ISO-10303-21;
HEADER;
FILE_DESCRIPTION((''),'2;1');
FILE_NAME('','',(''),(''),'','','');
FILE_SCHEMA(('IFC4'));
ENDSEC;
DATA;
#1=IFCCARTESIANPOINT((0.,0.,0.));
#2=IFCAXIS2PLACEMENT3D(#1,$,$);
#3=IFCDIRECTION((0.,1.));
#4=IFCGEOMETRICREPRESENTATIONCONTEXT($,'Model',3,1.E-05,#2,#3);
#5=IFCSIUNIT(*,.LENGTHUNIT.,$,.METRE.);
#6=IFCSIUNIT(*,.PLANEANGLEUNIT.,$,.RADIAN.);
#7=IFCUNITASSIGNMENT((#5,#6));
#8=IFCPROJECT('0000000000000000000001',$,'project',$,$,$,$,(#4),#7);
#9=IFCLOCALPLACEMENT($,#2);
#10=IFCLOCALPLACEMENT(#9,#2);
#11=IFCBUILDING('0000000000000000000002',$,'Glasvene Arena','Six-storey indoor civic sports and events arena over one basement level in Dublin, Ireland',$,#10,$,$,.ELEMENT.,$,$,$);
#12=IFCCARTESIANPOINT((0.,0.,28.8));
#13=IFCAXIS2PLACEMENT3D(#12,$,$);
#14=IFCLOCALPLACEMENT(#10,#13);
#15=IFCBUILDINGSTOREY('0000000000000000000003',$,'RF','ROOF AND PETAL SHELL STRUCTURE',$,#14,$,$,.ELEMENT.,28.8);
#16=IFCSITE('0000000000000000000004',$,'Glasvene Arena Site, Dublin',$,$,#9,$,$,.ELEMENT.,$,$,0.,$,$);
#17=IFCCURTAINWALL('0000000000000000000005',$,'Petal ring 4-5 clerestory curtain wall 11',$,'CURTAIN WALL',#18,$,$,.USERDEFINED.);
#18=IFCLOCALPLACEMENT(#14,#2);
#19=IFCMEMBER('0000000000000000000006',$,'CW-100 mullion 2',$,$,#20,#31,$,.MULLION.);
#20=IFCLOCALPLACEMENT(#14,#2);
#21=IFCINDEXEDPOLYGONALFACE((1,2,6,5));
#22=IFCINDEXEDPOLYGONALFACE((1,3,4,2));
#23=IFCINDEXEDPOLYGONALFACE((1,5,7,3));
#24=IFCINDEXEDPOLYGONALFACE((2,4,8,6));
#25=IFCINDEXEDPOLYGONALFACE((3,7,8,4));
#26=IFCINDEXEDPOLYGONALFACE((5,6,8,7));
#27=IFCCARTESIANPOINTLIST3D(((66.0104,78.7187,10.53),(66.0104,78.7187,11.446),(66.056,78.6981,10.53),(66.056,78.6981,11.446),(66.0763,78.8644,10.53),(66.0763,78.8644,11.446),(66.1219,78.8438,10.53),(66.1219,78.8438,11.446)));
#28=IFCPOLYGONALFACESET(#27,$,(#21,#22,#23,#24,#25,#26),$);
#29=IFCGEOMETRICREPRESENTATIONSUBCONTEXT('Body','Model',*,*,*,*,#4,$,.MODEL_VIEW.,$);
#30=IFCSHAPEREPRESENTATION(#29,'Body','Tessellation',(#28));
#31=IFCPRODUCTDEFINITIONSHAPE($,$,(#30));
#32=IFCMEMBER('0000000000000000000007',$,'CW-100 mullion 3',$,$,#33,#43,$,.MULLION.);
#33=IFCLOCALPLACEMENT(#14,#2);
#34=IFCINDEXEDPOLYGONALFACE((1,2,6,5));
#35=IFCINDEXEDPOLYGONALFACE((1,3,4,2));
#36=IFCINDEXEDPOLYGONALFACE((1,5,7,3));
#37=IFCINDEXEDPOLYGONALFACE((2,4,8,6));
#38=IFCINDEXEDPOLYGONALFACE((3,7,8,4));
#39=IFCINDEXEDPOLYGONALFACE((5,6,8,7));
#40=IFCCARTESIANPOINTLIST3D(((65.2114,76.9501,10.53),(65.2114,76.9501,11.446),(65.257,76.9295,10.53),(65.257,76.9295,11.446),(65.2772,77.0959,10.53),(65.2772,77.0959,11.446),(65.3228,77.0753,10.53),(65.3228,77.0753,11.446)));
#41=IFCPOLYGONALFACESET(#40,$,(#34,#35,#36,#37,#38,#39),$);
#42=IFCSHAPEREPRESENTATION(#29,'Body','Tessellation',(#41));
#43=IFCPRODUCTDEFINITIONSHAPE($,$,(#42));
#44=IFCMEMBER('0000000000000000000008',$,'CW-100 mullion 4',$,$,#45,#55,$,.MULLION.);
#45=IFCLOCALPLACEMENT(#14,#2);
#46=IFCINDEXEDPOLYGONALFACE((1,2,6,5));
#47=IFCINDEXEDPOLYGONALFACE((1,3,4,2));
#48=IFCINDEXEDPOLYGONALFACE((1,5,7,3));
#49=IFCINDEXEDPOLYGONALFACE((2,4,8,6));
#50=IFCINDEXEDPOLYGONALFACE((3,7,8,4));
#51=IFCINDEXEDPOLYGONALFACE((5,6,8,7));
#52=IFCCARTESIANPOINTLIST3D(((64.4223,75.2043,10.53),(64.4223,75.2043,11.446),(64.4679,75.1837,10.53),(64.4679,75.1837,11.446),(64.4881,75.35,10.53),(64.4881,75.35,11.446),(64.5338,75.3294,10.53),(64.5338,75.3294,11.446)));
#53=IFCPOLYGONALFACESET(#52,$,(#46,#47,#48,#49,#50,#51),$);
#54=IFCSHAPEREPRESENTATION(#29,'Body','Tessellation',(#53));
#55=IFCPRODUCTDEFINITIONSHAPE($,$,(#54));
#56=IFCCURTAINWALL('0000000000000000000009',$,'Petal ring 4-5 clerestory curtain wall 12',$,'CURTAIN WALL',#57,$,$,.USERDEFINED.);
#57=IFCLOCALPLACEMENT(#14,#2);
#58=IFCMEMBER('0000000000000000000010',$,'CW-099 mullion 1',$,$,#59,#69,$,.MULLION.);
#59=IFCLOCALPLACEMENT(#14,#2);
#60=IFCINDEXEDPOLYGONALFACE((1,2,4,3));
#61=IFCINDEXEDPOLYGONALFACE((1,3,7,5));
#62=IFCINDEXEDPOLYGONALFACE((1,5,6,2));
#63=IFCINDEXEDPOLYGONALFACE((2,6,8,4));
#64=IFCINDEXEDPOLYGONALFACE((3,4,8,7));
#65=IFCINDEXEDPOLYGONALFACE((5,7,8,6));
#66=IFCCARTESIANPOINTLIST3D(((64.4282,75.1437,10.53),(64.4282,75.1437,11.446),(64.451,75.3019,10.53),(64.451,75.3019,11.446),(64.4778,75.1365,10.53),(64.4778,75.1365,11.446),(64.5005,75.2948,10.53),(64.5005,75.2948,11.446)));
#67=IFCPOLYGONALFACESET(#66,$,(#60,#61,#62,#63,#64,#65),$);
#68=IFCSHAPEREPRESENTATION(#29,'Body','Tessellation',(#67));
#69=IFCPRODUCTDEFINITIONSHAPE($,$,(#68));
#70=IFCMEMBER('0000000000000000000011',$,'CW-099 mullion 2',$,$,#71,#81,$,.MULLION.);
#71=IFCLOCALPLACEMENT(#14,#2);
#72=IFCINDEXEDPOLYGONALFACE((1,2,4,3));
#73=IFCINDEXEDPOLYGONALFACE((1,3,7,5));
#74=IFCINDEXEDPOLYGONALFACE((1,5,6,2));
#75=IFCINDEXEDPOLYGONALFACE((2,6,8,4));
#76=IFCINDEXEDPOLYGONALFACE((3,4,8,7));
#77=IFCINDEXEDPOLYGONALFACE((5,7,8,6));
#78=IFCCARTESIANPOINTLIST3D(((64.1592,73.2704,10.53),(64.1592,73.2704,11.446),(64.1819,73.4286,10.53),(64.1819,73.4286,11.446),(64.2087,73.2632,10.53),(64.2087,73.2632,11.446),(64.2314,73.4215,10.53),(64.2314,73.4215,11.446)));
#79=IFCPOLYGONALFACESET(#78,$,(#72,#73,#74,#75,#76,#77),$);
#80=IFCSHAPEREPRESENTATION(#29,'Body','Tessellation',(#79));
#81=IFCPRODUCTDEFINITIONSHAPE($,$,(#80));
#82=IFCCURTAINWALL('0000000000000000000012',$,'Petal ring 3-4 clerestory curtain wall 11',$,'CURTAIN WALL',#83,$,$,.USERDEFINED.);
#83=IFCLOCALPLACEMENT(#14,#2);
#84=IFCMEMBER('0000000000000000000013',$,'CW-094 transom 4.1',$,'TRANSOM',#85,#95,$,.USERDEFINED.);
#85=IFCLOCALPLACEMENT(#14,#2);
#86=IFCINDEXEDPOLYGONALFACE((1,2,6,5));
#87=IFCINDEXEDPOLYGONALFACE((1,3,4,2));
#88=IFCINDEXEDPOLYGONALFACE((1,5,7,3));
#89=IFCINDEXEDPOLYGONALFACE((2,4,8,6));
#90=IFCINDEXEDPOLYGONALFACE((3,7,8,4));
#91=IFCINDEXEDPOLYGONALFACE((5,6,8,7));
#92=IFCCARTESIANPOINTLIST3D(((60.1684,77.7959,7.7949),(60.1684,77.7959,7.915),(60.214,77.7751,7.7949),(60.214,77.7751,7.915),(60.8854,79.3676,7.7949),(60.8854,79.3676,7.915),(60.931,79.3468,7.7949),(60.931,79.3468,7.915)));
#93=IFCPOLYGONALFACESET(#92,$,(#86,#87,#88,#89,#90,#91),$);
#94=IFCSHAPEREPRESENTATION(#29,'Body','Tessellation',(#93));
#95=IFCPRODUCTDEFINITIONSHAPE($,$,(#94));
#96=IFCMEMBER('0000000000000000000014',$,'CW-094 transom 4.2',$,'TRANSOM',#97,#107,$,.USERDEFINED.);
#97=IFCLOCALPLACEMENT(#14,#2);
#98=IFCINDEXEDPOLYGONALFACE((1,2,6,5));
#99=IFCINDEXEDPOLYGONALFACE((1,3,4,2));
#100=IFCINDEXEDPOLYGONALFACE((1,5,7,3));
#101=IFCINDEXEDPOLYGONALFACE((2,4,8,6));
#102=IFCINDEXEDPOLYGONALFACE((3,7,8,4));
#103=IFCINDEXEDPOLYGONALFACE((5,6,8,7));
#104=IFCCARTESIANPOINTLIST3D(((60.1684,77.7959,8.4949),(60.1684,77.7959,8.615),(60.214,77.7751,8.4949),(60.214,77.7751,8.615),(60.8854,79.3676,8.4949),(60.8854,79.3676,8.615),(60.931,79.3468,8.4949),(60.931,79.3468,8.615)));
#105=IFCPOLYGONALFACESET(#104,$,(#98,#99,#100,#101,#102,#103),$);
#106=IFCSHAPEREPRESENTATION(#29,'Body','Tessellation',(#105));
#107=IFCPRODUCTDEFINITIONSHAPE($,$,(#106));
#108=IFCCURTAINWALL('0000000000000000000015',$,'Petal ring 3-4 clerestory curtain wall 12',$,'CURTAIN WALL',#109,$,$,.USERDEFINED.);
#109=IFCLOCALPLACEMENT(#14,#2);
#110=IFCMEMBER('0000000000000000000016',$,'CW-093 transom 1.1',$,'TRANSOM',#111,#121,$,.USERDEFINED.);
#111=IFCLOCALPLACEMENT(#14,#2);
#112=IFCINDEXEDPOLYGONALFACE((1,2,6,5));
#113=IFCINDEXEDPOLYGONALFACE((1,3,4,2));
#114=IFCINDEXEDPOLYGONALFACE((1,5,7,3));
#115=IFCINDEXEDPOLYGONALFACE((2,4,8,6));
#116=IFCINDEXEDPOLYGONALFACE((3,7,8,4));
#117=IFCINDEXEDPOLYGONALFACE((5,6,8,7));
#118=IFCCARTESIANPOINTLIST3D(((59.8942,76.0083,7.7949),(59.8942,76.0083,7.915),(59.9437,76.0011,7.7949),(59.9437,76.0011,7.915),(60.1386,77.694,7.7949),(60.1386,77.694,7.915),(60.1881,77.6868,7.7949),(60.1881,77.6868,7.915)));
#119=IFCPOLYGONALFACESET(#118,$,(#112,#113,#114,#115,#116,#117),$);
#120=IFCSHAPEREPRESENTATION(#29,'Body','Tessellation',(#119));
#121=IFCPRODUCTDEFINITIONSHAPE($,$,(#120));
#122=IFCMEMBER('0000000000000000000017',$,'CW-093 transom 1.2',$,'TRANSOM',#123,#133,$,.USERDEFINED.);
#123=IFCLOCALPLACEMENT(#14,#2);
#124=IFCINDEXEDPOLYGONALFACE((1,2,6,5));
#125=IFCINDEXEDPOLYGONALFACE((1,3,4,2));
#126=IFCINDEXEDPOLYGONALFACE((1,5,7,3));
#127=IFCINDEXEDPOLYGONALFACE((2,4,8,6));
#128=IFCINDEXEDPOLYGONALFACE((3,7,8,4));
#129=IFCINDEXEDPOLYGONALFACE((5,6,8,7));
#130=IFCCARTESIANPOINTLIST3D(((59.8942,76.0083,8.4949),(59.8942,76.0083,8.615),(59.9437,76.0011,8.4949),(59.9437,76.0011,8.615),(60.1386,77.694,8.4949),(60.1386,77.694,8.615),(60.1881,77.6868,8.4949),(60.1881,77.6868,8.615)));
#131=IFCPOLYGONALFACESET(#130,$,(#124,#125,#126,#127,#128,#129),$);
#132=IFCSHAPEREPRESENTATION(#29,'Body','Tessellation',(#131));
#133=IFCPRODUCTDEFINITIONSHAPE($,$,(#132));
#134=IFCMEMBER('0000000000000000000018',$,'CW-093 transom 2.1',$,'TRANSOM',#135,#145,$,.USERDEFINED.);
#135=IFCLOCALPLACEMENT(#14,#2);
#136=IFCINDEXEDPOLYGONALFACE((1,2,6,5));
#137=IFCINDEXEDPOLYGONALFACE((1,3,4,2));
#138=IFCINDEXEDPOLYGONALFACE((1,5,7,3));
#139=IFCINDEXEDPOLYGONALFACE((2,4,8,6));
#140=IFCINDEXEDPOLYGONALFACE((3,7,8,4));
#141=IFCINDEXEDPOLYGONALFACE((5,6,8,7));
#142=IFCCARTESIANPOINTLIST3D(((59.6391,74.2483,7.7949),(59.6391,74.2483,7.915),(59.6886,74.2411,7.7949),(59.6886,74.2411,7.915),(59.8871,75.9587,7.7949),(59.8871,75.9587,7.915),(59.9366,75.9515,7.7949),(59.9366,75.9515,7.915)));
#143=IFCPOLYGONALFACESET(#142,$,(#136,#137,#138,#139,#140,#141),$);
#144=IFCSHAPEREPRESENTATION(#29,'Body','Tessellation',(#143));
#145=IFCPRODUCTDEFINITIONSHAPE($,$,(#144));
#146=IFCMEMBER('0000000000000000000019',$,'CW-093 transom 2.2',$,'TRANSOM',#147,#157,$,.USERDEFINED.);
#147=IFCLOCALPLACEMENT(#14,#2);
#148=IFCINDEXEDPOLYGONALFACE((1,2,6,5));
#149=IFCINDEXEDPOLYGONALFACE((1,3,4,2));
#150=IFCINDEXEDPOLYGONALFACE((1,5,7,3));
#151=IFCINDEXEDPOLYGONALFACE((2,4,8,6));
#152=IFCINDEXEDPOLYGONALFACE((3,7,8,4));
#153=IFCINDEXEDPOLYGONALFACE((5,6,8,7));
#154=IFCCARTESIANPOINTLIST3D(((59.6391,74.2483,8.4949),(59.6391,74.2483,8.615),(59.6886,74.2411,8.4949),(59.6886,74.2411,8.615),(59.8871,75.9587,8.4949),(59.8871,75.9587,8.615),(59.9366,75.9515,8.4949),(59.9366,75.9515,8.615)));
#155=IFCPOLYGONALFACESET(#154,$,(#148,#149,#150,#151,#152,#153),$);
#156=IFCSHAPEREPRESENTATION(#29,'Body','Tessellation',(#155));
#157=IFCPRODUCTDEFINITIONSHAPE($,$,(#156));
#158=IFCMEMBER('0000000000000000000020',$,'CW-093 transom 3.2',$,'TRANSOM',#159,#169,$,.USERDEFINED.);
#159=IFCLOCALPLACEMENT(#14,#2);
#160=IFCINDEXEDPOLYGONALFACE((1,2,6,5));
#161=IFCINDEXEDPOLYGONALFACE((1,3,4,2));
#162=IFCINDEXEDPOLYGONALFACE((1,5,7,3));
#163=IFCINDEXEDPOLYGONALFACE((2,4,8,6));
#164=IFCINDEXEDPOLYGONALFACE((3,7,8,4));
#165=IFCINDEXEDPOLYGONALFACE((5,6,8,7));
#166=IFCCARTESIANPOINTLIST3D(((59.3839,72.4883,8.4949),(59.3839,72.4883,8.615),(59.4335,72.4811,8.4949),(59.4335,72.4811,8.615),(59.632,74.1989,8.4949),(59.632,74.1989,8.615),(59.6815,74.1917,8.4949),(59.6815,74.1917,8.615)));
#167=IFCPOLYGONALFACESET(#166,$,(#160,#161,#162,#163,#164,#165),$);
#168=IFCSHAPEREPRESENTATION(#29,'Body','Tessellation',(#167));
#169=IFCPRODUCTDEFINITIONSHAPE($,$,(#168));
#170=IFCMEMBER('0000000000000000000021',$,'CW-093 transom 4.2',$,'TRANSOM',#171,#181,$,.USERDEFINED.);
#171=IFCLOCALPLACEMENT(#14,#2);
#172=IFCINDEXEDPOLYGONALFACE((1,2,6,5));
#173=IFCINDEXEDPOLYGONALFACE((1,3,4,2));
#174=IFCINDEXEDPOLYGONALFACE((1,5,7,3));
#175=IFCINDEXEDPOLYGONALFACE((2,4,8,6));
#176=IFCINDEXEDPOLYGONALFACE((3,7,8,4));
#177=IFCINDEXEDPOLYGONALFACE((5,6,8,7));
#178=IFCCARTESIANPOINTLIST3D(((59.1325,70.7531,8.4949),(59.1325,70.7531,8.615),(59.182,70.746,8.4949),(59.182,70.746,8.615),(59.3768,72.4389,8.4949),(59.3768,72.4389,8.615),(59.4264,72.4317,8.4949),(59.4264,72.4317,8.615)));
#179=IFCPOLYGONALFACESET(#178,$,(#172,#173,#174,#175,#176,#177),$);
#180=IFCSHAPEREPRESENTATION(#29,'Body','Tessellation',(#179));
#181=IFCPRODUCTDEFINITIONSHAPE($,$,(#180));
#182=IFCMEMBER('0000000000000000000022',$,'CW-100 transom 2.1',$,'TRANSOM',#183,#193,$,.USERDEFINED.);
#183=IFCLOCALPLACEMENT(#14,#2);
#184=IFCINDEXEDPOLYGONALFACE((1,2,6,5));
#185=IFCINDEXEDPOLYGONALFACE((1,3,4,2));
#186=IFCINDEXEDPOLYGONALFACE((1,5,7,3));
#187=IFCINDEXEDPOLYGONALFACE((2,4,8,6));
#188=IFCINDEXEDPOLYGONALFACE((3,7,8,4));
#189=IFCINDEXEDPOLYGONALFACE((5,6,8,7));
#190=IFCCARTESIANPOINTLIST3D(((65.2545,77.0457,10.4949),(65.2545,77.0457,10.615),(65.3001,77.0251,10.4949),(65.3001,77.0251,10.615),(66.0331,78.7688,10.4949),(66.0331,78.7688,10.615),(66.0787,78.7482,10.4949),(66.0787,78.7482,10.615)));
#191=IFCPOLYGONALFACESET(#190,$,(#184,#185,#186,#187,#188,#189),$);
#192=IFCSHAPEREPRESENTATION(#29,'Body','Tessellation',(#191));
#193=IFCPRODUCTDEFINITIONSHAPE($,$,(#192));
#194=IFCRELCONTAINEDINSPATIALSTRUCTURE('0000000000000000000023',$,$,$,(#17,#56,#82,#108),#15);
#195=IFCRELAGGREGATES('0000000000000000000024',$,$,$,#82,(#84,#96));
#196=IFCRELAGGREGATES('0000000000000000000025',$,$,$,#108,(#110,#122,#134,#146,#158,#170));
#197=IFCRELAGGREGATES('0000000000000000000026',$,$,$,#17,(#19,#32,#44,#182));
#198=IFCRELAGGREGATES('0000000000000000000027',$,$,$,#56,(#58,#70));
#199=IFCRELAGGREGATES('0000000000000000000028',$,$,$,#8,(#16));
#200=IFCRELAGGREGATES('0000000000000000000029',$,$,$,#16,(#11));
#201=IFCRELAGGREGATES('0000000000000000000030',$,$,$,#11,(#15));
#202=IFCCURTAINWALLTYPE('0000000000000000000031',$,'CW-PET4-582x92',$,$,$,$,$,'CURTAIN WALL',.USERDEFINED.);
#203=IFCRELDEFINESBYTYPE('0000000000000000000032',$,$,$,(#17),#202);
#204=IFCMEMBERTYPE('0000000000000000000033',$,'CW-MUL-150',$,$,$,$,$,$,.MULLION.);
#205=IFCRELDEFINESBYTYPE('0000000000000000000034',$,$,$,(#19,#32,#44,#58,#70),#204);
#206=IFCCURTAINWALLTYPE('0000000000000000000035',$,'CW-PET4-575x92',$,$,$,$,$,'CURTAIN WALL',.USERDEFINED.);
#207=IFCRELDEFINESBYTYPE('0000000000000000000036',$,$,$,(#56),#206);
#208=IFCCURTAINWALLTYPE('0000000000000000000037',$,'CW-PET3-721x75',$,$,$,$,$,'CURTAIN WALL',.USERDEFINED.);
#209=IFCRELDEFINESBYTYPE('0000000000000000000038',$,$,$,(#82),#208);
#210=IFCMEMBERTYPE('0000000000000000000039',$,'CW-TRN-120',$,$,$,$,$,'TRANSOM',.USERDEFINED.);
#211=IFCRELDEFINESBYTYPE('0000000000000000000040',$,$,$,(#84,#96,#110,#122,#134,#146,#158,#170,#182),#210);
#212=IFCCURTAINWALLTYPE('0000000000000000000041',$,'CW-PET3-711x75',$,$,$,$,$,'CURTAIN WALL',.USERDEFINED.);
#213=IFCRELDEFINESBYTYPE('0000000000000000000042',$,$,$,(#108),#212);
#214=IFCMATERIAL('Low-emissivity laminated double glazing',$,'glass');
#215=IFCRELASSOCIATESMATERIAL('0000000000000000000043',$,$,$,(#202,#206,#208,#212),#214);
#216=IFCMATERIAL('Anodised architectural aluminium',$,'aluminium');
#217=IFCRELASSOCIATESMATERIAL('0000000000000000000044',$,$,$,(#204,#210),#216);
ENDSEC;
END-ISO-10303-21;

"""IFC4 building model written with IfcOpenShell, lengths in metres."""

from ifc_helpers import new_model, si_unit, direction, frame, origin, origin_2d, place, context, subcontext, project, spatial, rectangle, extrude, material, material_profile, profile_set, type_object, element, aggregate, save


model = new_model("IFC4")

# Units and contexts
model_context = context("Model", 3, precision=1e-05, world=origin(), true_north=direction((0.0, 1.0)))
body_context = subcontext(model_context, "Body", "Model", "MODEL_VIEW")
ifc_project = project(units=[si_unit("LENGTHUNIT", "METRE"), si_unit("PLANEANGLEUNIT", "RADIAN")], contexts=[model_context])

# Site, building, storey
site_placement = place(None, origin())
site = spatial("IfcSite", under=ifc_project, at=site_placement, Name="Glasvene Arena Site, Dublin", CompositionType="ELEMENT", RefElevation=0.0)
building_placement = place(site_placement, origin())
building = spatial("IfcBuilding", under=site, at=building_placement, Name="Glasvene Arena", Description="Six-storey indoor civic sports and events arena over one basement level in Dublin, Ireland", CompositionType="ELEMENT")
storey_placement = place(building_placement, frame((0.0, 0.0, 28.8)))
storey = spatial("IfcBuildingStorey", under=building, at=storey_placement, Name="RF", Description="ROOF AND PETAL SHELL STRUCTURE", CompositionType="ELEMENT", Elevation=28.8)

# Curtain walls, members
ifc_material_1 = material(Name="Low-emissivity laminated double glazing", Category="glass")
curtain_wall_type_1 = type_object("IfcCurtainWallType", Name="CW-PET4-582x92", ElementType="CURTAIN WALL", PredefinedType="USERDEFINED", material=ifc_material_1)
curtain_wall_1_placement = place(storey_placement, frame((66.8655, 80.55, 0.0)))
curtain_wall_1 = element("IfcCurtainWall", 1, at=curtain_wall_1_placement, inside=storey, type_object=curtain_wall_type_1, Name="Petal ring 4-5 clerestory curtain wall 11", ObjectType="CURTAIN WALL", PredefinedType="USERDEFINED")
ifc_material_2 = material(Name="Anodised architectural aluminium", Category="aluminium")
ifc_material_profile_1 = material_profile(ifc_material_2, rectangle(XDim=0.05, YDim=0.1599, at=origin_2d()), Name="ALU MULLION 50x160")
ifc_profile_set_1 = profile_set([ifc_material_profile_1], Name="Anodised architectural aluminium")
member_type_1 = type_object("IfcMemberType", Name="CW-MUL-150", PredefinedType="MULLION", material=ifc_profile_set_1)
member_1_placement = place(storey_placement, frame((66.0662, 78.7812, 10.53), z_axis=(0.0, 0.0, 1.0), x_axis=(0.911284, -0.411778, 0.0)))
member_1 = element("IfcMember", 2, at=member_1_placement, type_object=member_type_1, Name="CW-100 mullion 2", PredefinedType="MULLION", context=body_context, shape_type="SweptSolid", body=[
    extrude(rectangle(XDim=0.05, YDim=0.1599, at=origin_2d()), origin(), (0.0, 0.0, 1.0), 0.916),
])
member_2_placement = place(storey_placement, frame((65.2671, 77.0127, 10.53), z_axis=(0.0, 0.0, 1.0), x_axis=(0.911284, -0.411778, 0.0)))
member_2 = element("IfcMember", 3, at=member_2_placement, type_object=member_type_1, Name="CW-100 mullion 3", PredefinedType="MULLION", context=body_context, shape_type="SweptSolid", body=[
    extrude(rectangle(XDim=0.05, YDim=0.1599, at=origin_2d()), origin(), (0.0, 0.0, 1.0), 0.916),
])
member_3_placement = place(storey_placement, frame((64.478, 75.2668, 10.53), z_axis=(0.0, 0.0, 1.0), x_axis=(0.911284, -0.411778, 0.0)))
member_3 = element("IfcMember", 4, at=member_3_placement, type_object=member_type_1, Name="CW-100 mullion 4", PredefinedType="MULLION", context=body_context, shape_type="SweptSolid", body=[
    extrude(rectangle(XDim=0.05, YDim=0.1599, at=origin_2d()), origin(), (0.0, 0.0, 1.0), 0.916),
])
curtain_wall_type_2 = type_object("IfcCurtainWallType", Name="CW-PET4-575x92", ElementType="CURTAIN WALL", PredefinedType="USERDEFINED", material=ifc_material_1)
curtain_wall_2_placement = place(storey_placement, frame((64.4678, 75.2439, 0.0)))
curtain_wall_2 = element("IfcCurtainWall", 5, at=curtain_wall_2_placement, inside=storey, type_object=curtain_wall_type_2, Name="Petal ring 4-5 clerestory curtain wall 12", ObjectType="CURTAIN WALL", PredefinedType="USERDEFINED")
member_4_placement = place(storey_placement, frame((64.4644, 75.2192, 10.53), z_axis=(0.0, 0.0, 1.0), x_axis=(0.989843, -0.142166, 0.0)))
member_4 = element("IfcMember", 6, at=member_4_placement, type_object=member_type_1, Name="CW-099 mullion 1", PredefinedType="MULLION", context=body_context, shape_type="SweptSolid", body=[
    extrude(rectangle(XDim=0.05, YDim=0.1599, at=origin_2d()), origin(), (0.0, 0.0, 1.0), 0.916),
])
member_5_placement = place(storey_placement, frame((64.1953, 73.3459, 10.53), z_axis=(0.0, 0.0, 1.0), x_axis=(0.989843, -0.142166, 0.0)))
member_5 = element("IfcMember", 7, at=member_5_placement, type_object=member_type_1, Name="CW-099 mullion 2", PredefinedType="MULLION", context=body_context, shape_type="SweptSolid", body=[
    extrude(rectangle(XDim=0.05, YDim=0.1599, at=origin_2d()), origin(), (0.0, 0.0, 1.0), 0.916),
])
curtain_wall_type_3 = type_object("IfcCurtainWallType", Name="CW-PET3-721x75", ElementType="CURTAIN WALL", PredefinedType="USERDEFINED", material=ifc_material_1)
curtain_wall_3_placement = place(storey_placement, frame((63.1626, 84.3, 0.0)))
curtain_wall_3 = element("IfcCurtainWall", 8, at=curtain_wall_3_placement, inside=storey, type_object=curtain_wall_type_3, Name="Petal ring 3-4 clerestory curtain wall 11", ObjectType="CURTAIN WALL", PredefinedType="USERDEFINED")
ifc_material_profile_2 = material_profile(ifc_material_2, rectangle(XDim=0.05, YDim=0.1201, at=origin_2d()), Name="ALU TRANSOM 50x120")
ifc_profile_set_2 = profile_set([ifc_material_profile_2], Name="Anodised architectural aluminium")
member_type_2 = type_object("IfcMemberType", Name="CW-TRN-120", ElementType="TRANSOM", PredefinedType="USERDEFINED", material=ifc_profile_set_2)
member_6_placement = place(storey_placement, frame((60.9082, 79.3572, 7.855), z_axis=(-0.415048, -0.909799, 0.0), x_axis=(0.909799, -0.415048, 0.0)))
member_6 = element("IfcMember", 9, at=member_6_placement, type_object=member_type_2, Name="CW-094 transom 4.1", ObjectType="TRANSOM", PredefinedType="USERDEFINED", context=body_context, shape_type="SweptSolid", body=[
    extrude(rectangle(XDim=0.05, YDim=0.1201, at=origin_2d()), origin(), (0.0, 0.0, 1.0), 1.7275),
])
member_7_placement = place(storey_placement, frame((60.9082, 79.3572, 8.5549), z_axis=(-0.415048, -0.909799, 0.0), x_axis=(0.909799, -0.415048, 0.0)))
member_7 = element("IfcMember", 10, at=member_7_placement, type_object=member_type_2, Name="CW-094 transom 4.2", ObjectType="TRANSOM", PredefinedType="USERDEFINED", context=body_context, shape_type="SweptSolid", body=[
    extrude(rectangle(XDim=0.05, YDim=0.1201, at=origin_2d()), origin(), (0.0, 0.0, 1.0), 1.7275),
])
curtain_wall_type_4 = type_object("IfcCurtainWallType", Name="CW-PET3-711x75", ElementType="CURTAIN WALL", PredefinedType="USERDEFINED", material=ifc_material_1)
curtain_wall_4_placement = place(storey_placement, frame((60.1704, 77.74, 0.0)))
curtain_wall_4 = element("IfcCurtainWall", 11, at=curtain_wall_4_placement, inside=storey, type_object=curtain_wall_type_4, Name="Petal ring 3-4 clerestory curtain wall 12", ObjectType="CURTAIN WALL", PredefinedType="USERDEFINED")
member_8_placement = place(storey_placement, frame((60.1633, 77.6904, 7.855), z_axis=(-0.143468, -0.989655, 0.0), x_axis=(0.989655, -0.143468, 0.0)))
member_8 = element("IfcMember", 12, at=member_8_placement, type_object=member_type_2, Name="CW-093 transom 1.1", ObjectType="TRANSOM", PredefinedType="USERDEFINED", context=body_context, shape_type="SweptSolid", body=[
    extrude(rectangle(XDim=0.05, YDim=0.1201, at=origin_2d()), origin(), (0.0, 0.0, 1.0), 1.7034),
])
member_9_placement = place(storey_placement, frame((60.1633, 77.6904, 8.5549), z_axis=(-0.143468, -0.989655, 0.0), x_axis=(0.989655, -0.143468, 0.0)))
member_9 = element("IfcMember", 13, at=member_9_placement, type_object=member_type_2, Name="CW-093 transom 1.2", ObjectType="TRANSOM", PredefinedType="USERDEFINED", context=body_context, shape_type="SweptSolid", body=[
    extrude(rectangle(XDim=0.05, YDim=0.1201, at=origin_2d()), origin(), (0.0, 0.0, 1.0), 1.7034),
])
member_10_placement = place(storey_placement, frame((59.9119, 75.9551, 7.855), z_axis=(-0.143517, -0.989648, 0.0), x_axis=(0.989648, -0.143517, 0.0)))
member_10 = element("IfcMember", 14, at=member_10_placement, type_object=member_type_2, Name="CW-093 transom 2.1", ObjectType="TRANSOM", PredefinedType="USERDEFINED", context=body_context, shape_type="SweptSolid", body=[
    extrude(rectangle(XDim=0.05, YDim=0.1201, at=origin_2d()), origin(), (0.0, 0.0, 1.0), 1.7283),
])
member_11_placement = place(storey_placement, frame((59.9119, 75.9551, 8.5549), z_axis=(-0.143517, -0.989648, 0.0), x_axis=(0.989648, -0.143517, 0.0)))
member_11 = element("IfcMember", 15, at=member_11_placement, type_object=member_type_2, Name="CW-093 transom 2.2", ObjectType="TRANSOM", PredefinedType="USERDEFINED", context=body_context, shape_type="SweptSolid", body=[
    extrude(rectangle(XDim=0.05, YDim=0.1201, at=origin_2d()), origin(), (0.0, 0.0, 1.0), 1.7283),
])
member_12_placement = place(storey_placement, frame((59.6567, 74.1953, 8.5549), z_axis=(-0.143497, -0.989651, 0.0), x_axis=(0.989651, -0.143497, 0.0)))
member_12 = element("IfcMember", 16, at=member_12_placement, type_object=member_type_2, Name="CW-093 transom 3.2", ObjectType="TRANSOM", PredefinedType="USERDEFINED", context=body_context, shape_type="SweptSolid", body=[
    extrude(rectangle(XDim=0.05, YDim=0.1201, at=origin_2d()), origin(), (0.0, 0.0, 1.0), 1.7285),
])
member_13_placement = place(storey_placement, frame((59.4016, 72.4353, 8.5549), z_axis=(-0.143468, -0.989655, 0.0), x_axis=(0.989655, -0.143468, 0.0)))
member_13 = element("IfcMember", 17, at=member_13_placement, type_object=member_type_2, Name="CW-093 transom 4.2", ObjectType="TRANSOM", PredefinedType="USERDEFINED", context=body_context, shape_type="SweptSolid", body=[
    extrude(rectangle(XDim=0.05, YDim=0.1201, at=origin_2d()), origin(), (0.0, 0.0, 1.0), 1.7034),
])

# Member
member_14_placement = place(storey_placement, frame((66.0559, 78.7585, 10.5549), z_axis=(-0.411749, -0.911297, 0.0), x_axis=(0.911297, -0.411749, 0.0)))
member_14 = element("IfcMember", 18, at=member_14_placement, type_object=member_type_2, Name="CW-100 transom 2.1", ObjectType="TRANSOM", PredefinedType="USERDEFINED", context=body_context, shape_type="SweptSolid", body=[
    extrude(rectangle(XDim=0.05, YDim=0.1201, at=origin_2d()), origin(), (0.0, 0.0, 1.0), 1.8909),
])

aggregate(curtain_wall_3, [member_6, member_7])
aggregate(curtain_wall_4, [member_8, member_9, member_10, member_11, member_12, member_13])
aggregate(curtain_wall_1, [member_1, member_2, member_3, member_14])
aggregate(curtain_wall_2, [member_4, member_5])

save(model, "model.ifc")
